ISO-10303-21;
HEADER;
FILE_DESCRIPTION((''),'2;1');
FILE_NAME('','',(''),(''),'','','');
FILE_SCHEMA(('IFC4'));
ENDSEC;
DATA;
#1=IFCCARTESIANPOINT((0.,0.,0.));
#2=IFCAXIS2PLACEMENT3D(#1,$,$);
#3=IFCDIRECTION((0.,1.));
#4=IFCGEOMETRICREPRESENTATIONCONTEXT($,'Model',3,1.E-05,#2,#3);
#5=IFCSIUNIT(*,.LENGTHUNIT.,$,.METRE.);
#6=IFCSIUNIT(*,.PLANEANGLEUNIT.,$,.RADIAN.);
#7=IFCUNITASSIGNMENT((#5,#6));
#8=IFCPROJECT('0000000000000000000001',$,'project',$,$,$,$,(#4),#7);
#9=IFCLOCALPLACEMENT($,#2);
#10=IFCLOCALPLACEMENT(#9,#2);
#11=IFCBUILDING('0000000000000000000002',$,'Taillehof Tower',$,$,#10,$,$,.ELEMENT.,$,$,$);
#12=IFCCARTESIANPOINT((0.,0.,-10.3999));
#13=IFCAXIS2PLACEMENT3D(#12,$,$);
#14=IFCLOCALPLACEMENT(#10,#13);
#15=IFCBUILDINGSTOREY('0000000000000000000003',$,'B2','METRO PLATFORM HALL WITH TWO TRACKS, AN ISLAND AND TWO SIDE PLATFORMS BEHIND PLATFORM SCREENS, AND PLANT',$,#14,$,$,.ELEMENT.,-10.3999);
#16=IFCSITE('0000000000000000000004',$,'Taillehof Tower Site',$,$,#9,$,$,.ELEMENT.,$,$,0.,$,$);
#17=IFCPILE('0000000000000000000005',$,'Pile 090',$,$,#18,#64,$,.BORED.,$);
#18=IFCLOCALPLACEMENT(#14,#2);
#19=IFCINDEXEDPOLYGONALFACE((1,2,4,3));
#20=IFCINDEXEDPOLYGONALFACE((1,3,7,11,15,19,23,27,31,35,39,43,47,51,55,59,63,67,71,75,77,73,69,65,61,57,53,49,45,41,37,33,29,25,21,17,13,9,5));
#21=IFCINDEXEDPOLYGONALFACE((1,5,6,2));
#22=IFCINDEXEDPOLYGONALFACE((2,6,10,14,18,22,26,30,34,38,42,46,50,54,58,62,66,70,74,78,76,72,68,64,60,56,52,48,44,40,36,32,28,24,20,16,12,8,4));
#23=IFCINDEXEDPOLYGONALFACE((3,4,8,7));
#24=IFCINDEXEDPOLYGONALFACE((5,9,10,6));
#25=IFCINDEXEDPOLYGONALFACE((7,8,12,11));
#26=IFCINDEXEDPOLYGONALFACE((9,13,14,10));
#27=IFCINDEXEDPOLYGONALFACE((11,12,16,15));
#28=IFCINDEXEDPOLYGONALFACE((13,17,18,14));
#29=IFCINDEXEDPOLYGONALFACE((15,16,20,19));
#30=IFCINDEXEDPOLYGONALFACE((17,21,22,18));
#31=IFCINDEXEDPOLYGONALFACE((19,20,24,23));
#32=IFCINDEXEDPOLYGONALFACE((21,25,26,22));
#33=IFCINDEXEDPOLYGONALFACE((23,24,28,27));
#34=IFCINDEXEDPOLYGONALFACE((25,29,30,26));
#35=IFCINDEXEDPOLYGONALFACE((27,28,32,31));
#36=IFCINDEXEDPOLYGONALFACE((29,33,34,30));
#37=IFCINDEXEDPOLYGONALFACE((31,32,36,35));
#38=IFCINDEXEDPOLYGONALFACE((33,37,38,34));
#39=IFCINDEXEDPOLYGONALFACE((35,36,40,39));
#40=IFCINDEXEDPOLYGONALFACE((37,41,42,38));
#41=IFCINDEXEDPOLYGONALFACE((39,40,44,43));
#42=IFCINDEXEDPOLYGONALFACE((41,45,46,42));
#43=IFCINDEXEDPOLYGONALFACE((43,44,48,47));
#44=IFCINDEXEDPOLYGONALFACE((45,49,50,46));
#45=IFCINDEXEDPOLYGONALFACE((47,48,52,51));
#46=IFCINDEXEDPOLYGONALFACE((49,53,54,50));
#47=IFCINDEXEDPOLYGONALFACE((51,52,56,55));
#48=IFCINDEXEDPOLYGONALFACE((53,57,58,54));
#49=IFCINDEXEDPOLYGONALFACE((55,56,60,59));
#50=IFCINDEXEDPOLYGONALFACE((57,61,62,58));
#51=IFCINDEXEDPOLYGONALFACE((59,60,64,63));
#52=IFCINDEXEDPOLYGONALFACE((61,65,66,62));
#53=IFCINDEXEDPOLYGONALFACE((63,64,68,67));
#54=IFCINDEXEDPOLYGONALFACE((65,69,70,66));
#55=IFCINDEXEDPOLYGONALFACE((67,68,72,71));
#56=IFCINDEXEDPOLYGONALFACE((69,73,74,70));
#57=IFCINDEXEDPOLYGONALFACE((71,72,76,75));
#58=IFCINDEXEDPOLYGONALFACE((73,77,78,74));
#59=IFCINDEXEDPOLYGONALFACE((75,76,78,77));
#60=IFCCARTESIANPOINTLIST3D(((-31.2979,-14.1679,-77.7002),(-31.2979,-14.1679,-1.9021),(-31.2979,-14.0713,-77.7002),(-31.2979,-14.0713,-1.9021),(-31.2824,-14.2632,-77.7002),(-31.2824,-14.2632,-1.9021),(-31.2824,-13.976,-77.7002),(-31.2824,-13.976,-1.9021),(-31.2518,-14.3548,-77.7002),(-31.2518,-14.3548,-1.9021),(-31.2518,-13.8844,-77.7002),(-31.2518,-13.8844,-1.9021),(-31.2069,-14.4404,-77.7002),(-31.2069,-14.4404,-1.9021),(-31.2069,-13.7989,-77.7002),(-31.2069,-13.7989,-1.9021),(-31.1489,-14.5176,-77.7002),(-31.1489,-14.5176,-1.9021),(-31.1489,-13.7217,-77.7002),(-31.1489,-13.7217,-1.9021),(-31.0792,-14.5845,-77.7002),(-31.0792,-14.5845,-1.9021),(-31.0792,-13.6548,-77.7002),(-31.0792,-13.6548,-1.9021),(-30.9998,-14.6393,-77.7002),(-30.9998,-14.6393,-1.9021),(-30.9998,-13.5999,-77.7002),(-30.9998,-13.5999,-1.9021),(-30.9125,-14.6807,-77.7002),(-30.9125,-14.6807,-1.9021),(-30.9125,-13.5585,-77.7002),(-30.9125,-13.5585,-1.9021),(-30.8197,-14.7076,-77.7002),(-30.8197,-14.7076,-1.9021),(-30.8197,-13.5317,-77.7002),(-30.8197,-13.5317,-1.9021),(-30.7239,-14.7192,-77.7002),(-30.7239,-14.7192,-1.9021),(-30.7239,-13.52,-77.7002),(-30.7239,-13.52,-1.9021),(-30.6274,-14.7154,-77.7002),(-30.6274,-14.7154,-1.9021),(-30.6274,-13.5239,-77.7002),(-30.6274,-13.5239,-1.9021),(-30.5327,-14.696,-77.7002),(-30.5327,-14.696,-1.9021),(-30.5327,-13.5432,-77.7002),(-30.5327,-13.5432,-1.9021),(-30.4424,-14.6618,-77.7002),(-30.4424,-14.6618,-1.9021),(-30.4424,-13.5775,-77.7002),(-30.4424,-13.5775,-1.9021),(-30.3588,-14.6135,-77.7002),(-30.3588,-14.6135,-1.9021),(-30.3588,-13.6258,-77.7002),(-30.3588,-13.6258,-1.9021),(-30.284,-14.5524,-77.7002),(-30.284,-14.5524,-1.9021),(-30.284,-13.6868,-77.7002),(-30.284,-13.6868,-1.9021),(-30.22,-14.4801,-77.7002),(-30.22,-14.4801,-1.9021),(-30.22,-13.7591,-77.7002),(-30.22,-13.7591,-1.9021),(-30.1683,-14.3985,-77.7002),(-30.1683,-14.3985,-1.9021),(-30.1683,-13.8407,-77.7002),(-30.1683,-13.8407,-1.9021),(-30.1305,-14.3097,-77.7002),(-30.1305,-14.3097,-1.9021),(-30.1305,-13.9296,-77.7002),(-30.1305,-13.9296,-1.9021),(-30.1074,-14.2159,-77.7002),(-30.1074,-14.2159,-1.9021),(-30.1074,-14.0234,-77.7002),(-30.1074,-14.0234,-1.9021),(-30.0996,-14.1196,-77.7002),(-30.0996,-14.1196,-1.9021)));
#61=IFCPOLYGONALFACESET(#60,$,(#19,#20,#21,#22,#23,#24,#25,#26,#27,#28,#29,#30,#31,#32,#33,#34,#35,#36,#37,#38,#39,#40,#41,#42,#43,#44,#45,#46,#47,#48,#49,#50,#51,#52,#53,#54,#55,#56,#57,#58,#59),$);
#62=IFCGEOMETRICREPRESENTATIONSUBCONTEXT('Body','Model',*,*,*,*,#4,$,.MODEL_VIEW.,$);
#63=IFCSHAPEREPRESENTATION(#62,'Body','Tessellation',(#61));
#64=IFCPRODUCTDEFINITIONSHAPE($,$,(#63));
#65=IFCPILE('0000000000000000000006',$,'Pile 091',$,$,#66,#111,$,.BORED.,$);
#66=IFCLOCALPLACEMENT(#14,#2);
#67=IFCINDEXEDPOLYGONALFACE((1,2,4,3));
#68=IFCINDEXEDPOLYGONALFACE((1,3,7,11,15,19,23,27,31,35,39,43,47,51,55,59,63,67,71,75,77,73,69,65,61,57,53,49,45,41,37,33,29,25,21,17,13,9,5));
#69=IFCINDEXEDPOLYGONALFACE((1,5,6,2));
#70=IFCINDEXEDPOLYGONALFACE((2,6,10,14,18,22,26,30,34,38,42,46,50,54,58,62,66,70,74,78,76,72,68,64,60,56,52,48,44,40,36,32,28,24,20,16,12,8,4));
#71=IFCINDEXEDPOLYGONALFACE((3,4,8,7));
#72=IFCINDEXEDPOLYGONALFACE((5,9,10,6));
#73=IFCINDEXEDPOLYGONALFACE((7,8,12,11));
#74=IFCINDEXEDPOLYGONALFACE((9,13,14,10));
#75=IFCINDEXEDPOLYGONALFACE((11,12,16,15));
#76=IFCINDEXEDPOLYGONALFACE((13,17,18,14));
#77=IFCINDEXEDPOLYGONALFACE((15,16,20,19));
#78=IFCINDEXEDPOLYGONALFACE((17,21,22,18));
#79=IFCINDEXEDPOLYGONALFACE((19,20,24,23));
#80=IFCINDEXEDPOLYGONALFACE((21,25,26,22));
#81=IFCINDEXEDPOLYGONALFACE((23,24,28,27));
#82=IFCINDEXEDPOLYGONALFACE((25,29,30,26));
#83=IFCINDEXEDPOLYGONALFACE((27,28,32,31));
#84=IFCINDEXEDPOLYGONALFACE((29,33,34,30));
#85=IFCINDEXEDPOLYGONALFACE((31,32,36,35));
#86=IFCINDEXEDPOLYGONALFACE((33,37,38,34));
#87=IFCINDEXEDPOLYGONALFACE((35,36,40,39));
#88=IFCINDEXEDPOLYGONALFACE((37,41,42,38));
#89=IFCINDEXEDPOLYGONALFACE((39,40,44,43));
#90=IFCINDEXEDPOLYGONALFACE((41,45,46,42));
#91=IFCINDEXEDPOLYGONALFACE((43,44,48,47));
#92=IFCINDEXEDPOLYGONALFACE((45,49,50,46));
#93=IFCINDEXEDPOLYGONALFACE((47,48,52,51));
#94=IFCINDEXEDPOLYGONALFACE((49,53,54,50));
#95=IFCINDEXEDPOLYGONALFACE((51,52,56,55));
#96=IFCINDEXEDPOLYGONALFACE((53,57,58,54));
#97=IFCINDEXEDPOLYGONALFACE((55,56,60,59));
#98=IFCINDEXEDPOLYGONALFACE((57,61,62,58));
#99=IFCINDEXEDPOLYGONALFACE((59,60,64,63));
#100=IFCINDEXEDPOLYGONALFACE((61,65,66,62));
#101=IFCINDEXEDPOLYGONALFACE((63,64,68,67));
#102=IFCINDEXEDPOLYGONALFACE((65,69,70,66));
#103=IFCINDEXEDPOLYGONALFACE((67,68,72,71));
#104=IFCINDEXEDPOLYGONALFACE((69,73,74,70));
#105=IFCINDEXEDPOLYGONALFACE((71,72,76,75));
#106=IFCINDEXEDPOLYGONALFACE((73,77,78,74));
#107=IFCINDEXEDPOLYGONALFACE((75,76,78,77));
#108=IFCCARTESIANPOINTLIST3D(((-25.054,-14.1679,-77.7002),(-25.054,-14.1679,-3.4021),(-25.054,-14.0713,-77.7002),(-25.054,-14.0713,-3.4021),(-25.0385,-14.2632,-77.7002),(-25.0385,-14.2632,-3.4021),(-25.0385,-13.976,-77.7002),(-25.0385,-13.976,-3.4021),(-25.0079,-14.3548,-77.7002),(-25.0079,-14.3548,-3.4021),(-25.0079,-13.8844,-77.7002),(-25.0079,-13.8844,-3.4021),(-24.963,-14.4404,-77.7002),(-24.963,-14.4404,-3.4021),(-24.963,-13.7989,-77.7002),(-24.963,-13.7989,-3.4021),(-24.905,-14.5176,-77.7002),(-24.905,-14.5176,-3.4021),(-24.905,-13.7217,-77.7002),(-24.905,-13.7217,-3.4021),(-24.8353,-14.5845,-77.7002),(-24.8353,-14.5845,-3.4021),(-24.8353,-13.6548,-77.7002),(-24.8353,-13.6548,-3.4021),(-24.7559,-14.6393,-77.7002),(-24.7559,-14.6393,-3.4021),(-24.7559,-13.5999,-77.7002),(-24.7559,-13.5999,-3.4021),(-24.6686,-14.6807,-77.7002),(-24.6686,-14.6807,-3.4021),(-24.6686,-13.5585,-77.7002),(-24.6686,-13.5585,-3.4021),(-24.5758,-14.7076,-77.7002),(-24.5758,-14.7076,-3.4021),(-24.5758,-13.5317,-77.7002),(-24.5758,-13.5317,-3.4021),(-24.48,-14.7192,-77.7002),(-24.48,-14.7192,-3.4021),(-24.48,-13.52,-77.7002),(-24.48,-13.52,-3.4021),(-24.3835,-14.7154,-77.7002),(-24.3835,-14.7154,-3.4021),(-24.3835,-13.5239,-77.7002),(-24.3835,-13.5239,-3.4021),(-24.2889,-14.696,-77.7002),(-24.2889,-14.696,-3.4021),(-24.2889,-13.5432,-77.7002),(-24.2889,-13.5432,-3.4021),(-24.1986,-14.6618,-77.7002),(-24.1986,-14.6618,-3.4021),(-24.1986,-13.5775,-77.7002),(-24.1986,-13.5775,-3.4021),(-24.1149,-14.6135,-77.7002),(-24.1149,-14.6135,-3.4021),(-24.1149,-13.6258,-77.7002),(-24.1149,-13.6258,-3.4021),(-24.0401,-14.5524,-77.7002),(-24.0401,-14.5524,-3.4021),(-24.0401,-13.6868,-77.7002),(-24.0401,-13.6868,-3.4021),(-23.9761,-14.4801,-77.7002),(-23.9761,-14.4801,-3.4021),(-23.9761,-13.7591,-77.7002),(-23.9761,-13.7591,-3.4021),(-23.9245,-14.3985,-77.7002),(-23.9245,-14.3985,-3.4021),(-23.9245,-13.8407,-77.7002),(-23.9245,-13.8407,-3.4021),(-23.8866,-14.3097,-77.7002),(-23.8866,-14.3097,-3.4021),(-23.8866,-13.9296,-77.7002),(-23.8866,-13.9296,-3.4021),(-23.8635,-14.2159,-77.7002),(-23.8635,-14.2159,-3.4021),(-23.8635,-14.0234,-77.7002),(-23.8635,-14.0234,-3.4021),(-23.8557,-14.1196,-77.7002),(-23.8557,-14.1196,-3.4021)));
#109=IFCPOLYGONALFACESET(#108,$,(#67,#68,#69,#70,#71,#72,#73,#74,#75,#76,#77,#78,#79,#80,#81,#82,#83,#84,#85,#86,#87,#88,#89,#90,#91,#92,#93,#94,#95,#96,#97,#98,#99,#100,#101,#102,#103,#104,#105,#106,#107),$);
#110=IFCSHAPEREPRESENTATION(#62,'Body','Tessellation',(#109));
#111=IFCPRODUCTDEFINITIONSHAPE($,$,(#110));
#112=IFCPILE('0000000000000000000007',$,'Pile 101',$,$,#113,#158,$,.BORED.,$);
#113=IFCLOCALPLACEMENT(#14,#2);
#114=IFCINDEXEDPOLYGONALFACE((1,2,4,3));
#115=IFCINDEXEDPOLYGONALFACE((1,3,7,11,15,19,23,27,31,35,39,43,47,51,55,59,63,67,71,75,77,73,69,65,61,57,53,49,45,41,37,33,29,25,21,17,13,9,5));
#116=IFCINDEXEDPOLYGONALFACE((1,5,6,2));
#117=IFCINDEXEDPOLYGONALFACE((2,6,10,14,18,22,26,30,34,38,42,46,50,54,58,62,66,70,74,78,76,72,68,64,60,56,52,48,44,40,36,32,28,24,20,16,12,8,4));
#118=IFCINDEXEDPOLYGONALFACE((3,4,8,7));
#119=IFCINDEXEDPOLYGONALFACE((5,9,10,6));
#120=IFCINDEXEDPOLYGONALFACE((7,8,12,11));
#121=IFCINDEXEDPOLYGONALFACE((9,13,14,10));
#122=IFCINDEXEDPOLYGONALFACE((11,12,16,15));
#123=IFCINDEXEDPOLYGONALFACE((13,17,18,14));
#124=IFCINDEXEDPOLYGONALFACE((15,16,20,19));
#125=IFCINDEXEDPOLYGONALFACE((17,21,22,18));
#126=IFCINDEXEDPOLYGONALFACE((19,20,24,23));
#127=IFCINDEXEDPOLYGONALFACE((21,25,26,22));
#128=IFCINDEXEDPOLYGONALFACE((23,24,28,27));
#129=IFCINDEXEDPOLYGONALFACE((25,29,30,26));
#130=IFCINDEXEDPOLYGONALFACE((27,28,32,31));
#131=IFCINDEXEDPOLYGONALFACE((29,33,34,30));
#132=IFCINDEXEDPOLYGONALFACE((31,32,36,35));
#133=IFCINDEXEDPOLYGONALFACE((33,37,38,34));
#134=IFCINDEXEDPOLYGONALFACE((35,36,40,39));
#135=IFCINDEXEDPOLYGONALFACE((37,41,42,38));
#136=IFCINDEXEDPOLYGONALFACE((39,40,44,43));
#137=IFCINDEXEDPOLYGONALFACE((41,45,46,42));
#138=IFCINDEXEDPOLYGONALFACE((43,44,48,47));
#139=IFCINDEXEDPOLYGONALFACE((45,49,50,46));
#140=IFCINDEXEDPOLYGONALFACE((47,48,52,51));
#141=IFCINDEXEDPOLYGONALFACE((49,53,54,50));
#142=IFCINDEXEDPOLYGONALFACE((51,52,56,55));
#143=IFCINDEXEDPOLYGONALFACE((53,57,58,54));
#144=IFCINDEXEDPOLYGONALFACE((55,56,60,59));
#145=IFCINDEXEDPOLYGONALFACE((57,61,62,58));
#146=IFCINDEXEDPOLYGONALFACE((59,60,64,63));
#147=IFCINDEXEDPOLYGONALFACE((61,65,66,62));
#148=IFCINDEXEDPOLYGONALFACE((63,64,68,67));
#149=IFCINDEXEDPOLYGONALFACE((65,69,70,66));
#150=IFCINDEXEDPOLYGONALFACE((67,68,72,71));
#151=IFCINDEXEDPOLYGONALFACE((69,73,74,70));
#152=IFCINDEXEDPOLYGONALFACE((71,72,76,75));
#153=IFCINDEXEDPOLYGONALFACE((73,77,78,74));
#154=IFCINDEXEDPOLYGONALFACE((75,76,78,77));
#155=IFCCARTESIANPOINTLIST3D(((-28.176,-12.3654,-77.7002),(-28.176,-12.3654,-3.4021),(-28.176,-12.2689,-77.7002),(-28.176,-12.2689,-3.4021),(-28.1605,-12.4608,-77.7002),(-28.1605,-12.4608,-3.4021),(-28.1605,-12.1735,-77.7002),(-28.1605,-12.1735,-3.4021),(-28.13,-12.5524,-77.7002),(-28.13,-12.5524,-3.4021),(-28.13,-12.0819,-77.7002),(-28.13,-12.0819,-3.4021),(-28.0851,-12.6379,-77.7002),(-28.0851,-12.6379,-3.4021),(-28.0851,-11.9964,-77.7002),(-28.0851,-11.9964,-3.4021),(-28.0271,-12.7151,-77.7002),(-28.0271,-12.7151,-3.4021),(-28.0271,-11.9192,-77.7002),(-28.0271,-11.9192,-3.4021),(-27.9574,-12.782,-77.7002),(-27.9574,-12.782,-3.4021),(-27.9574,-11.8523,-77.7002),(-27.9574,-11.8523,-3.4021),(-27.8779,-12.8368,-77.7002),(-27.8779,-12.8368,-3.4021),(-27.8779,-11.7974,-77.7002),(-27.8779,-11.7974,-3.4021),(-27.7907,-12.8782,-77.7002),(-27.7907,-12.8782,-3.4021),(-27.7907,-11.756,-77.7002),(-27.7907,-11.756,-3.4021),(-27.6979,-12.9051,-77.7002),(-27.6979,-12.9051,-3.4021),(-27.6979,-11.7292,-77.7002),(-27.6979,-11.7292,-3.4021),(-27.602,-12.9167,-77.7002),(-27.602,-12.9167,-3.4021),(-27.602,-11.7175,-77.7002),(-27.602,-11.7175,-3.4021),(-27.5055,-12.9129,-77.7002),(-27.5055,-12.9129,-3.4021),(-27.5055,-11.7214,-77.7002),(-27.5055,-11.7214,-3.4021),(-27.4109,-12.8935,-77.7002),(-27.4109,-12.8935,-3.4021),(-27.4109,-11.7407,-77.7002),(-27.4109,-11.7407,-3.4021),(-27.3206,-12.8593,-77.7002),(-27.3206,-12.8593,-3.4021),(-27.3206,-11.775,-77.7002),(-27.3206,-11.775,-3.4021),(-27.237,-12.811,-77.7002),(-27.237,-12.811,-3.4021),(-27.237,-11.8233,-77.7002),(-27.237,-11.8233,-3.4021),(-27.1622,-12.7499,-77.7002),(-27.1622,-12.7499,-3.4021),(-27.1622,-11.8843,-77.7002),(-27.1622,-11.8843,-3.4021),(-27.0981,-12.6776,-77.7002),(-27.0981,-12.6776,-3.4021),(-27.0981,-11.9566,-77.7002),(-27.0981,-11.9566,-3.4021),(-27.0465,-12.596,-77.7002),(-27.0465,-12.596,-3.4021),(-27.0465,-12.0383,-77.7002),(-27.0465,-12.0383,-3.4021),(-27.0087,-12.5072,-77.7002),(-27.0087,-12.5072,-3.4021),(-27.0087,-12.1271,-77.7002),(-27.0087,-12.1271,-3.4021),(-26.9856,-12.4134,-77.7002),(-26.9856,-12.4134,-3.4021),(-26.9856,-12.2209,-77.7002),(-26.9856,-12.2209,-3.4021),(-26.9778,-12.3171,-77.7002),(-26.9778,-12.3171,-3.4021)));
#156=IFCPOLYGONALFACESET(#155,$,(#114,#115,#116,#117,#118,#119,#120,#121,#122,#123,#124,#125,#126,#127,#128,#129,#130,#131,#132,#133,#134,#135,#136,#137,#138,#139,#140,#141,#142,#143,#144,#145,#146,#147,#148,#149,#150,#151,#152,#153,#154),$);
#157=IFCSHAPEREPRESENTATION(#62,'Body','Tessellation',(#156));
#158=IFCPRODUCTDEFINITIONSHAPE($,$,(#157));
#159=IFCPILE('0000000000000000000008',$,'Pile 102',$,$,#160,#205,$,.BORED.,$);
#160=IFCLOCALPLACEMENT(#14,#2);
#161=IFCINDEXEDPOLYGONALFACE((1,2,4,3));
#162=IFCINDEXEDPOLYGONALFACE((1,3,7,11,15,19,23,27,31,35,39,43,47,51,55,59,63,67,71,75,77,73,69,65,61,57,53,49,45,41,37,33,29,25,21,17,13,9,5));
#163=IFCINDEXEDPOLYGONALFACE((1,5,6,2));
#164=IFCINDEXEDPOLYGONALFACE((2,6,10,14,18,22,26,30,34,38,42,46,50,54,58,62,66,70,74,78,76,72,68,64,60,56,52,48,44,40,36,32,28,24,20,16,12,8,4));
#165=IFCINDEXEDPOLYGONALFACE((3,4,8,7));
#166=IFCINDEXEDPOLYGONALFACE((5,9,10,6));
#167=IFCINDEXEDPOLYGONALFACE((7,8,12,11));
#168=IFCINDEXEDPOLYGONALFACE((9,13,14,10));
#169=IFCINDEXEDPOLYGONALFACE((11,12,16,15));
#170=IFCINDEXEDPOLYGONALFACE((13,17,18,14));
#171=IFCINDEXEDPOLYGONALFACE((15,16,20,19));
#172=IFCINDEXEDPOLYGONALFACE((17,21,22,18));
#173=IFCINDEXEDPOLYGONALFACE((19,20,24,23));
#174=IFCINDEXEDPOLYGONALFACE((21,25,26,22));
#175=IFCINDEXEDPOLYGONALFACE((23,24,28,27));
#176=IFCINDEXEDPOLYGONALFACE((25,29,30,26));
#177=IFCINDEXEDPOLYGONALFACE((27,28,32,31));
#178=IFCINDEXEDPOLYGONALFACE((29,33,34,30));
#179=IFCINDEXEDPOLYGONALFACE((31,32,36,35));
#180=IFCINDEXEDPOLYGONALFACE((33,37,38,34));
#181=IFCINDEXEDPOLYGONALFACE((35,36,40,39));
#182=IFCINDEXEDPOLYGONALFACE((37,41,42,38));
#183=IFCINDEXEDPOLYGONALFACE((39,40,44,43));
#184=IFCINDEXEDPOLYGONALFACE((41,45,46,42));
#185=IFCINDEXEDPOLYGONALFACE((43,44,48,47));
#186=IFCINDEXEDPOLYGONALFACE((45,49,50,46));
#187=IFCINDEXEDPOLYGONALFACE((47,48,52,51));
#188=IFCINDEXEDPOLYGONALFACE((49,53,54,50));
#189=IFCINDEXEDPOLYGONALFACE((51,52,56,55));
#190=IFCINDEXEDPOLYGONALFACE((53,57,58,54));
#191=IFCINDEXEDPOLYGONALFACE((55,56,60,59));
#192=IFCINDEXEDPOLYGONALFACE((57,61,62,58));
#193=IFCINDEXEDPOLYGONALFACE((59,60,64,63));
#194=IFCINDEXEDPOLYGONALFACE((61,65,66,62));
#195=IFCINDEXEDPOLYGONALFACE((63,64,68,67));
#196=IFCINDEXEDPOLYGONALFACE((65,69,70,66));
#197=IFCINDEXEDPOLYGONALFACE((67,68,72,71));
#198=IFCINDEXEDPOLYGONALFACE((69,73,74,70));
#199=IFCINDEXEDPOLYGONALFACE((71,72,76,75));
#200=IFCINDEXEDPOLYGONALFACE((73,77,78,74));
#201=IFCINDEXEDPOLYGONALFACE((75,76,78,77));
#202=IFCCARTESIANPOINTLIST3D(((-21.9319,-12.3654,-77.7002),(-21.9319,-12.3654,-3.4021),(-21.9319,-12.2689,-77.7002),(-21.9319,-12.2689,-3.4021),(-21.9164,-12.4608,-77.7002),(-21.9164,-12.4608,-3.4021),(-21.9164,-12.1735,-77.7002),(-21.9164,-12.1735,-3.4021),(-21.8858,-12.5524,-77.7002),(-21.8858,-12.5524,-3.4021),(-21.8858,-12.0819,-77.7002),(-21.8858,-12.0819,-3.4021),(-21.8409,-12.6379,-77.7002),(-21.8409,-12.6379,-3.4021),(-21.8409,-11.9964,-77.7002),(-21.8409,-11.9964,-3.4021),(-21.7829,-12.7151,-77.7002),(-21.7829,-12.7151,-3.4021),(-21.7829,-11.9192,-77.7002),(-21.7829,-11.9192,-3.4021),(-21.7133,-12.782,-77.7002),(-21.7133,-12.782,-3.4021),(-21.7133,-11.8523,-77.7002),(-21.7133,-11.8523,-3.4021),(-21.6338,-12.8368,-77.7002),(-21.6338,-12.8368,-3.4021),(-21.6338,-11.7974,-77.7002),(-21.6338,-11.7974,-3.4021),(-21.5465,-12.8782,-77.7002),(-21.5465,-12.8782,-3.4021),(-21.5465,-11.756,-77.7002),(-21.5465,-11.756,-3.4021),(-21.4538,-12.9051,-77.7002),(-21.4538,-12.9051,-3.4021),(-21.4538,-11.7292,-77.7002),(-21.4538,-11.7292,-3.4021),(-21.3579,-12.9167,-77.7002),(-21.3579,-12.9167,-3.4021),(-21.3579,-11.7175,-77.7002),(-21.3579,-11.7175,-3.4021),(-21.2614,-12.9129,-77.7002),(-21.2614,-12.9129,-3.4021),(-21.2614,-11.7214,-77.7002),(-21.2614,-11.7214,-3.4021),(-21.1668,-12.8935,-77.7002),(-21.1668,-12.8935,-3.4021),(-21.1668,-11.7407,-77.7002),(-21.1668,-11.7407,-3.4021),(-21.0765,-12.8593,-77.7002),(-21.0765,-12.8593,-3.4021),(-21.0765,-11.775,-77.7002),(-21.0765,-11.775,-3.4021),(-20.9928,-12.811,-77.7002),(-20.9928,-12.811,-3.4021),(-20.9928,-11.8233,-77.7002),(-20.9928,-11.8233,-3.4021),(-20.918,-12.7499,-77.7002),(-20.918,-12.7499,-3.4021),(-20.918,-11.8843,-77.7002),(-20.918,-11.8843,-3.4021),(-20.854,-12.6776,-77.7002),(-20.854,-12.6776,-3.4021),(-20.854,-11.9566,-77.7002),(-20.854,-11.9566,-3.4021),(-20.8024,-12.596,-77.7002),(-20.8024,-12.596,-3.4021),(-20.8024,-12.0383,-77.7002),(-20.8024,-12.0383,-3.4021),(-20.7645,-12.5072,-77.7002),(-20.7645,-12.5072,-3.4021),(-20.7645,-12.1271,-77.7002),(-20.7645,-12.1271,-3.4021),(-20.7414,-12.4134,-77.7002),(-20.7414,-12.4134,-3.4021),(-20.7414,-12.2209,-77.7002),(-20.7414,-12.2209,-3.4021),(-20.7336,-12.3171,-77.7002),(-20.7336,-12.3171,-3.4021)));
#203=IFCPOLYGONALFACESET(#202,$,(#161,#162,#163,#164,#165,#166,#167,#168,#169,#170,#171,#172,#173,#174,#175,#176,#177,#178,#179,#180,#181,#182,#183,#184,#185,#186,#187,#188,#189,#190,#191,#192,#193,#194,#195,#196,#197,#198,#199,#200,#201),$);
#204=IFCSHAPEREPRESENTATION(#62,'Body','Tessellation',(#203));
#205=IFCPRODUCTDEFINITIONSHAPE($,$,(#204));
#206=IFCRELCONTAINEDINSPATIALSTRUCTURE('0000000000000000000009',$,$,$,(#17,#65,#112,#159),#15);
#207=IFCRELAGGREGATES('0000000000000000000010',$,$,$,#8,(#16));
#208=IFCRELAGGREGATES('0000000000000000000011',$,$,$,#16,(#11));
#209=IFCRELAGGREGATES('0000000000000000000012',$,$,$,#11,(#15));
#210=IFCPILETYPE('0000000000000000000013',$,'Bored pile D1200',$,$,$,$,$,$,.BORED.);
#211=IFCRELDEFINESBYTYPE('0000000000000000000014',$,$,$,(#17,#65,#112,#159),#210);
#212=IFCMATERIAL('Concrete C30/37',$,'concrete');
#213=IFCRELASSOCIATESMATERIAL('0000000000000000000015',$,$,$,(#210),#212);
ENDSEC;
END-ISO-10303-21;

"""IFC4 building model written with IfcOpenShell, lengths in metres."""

from ifc_helpers import new_model, si_unit, direction, frame, origin, origin_2d, place, context, subcontext, project, spatial, circle, extrude, material, material_profile, profile_set, type_object, element, save


model = new_model("IFC4")

# Units and contexts
model_context = context("Model", 3, precision=1e-05, world=origin(), true_north=direction((0.0, 1.0)))
body_context = subcontext(model_context, "Body", "Model", "MODEL_VIEW")
ifc_project = project(units=[si_unit("LENGTHUNIT", "METRE"), si_unit("PLANEANGLEUNIT", "RADIAN")], contexts=[model_context])

# Site, building, storey
site_placement = place(None, origin())
site = spatial("IfcSite", under=ifc_project, at=site_placement, Name="Taillehof Tower Site", CompositionType="ELEMENT", RefElevation=0.0)
building_placement = place(site_placement, origin())
building = spatial("IfcBuilding", under=site, at=building_placement, Name="Taillehof Tower", CompositionType="ELEMENT")
storey_placement = place(building_placement, frame((0.0, 0.0, -10.3999)))
storey = spatial("IfcBuildingStorey", under=building, at=storey_placement, Name="B2", Description="METRO PLATFORM HALL WITH TWO TRACKS, AN ISLAND AND TWO SIDE PLATFORMS BEHIND PLATFORM SCREENS, AND PLANT", CompositionType="ELEMENT", Elevation=-10.3999)

# Piles
ifc_material_1 = material(Name="Concrete C30/37", Category="concrete")
ifc_material_profile_1 = material_profile(ifc_material_1, circle(Radius=0.6001, at=origin_2d()), Name="BP D1200")
ifc_profile_set_1 = profile_set([ifc_material_profile_1], Name="Concrete C30/37")
pile_type = type_object("IfcPileType", Name="Bored pile D1200", PredefinedType="BORED", material=ifc_profile_set_1)
pile_placement = place(storey_placement, frame((-30.6997, -14.1196, -1.9021), z_axis=(0.0, 0.0, -1.0), x_axis=(1.0, 0.0, 0.0)))
element("IfcPile", 1, at=pile_placement, inside=storey, type_object=pile_type, Name="Pile 090", PredefinedType="BORED", context=body_context, shape_type="SweptSolid", body=[
    extrude(circle(Radius=0.6001, at=origin_2d()), origin(), (0.0, 0.0, 1.0), 75.7981),
])
for number, where, z_axis, x_axis, name in (
    (2, (-24.4558, -14.1196, -3.4021), (0.0, 0.0, -1.0), (1.0, 0.0, 0.0), "Pile 091"),
    (3, (-27.5779, -12.3171, -3.4021), (0.0, 0.0, -1.0), (1.0, 0.0, 0.0), "Pile 101"),
    (4, (-21.3337, -12.3171, -3.4021), (0.0, 0.0, -1.0), (1.0, 0.0, 0.0), "Pile 102"),
):
    element("IfcPile", number, at=place(storey_placement, frame(where, z_axis=z_axis, x_axis=x_axis)), inside=storey, type_object=pile_type, Name=name, PredefinedType="BORED", context=body_context, shape_type="SweptSolid", body=[
        extrude(circle(Radius=0.6001, at=origin_2d()), origin(), (0.0, 0.0, 1.0), 74.2981),
    ])

save(model, "model.ifc")
